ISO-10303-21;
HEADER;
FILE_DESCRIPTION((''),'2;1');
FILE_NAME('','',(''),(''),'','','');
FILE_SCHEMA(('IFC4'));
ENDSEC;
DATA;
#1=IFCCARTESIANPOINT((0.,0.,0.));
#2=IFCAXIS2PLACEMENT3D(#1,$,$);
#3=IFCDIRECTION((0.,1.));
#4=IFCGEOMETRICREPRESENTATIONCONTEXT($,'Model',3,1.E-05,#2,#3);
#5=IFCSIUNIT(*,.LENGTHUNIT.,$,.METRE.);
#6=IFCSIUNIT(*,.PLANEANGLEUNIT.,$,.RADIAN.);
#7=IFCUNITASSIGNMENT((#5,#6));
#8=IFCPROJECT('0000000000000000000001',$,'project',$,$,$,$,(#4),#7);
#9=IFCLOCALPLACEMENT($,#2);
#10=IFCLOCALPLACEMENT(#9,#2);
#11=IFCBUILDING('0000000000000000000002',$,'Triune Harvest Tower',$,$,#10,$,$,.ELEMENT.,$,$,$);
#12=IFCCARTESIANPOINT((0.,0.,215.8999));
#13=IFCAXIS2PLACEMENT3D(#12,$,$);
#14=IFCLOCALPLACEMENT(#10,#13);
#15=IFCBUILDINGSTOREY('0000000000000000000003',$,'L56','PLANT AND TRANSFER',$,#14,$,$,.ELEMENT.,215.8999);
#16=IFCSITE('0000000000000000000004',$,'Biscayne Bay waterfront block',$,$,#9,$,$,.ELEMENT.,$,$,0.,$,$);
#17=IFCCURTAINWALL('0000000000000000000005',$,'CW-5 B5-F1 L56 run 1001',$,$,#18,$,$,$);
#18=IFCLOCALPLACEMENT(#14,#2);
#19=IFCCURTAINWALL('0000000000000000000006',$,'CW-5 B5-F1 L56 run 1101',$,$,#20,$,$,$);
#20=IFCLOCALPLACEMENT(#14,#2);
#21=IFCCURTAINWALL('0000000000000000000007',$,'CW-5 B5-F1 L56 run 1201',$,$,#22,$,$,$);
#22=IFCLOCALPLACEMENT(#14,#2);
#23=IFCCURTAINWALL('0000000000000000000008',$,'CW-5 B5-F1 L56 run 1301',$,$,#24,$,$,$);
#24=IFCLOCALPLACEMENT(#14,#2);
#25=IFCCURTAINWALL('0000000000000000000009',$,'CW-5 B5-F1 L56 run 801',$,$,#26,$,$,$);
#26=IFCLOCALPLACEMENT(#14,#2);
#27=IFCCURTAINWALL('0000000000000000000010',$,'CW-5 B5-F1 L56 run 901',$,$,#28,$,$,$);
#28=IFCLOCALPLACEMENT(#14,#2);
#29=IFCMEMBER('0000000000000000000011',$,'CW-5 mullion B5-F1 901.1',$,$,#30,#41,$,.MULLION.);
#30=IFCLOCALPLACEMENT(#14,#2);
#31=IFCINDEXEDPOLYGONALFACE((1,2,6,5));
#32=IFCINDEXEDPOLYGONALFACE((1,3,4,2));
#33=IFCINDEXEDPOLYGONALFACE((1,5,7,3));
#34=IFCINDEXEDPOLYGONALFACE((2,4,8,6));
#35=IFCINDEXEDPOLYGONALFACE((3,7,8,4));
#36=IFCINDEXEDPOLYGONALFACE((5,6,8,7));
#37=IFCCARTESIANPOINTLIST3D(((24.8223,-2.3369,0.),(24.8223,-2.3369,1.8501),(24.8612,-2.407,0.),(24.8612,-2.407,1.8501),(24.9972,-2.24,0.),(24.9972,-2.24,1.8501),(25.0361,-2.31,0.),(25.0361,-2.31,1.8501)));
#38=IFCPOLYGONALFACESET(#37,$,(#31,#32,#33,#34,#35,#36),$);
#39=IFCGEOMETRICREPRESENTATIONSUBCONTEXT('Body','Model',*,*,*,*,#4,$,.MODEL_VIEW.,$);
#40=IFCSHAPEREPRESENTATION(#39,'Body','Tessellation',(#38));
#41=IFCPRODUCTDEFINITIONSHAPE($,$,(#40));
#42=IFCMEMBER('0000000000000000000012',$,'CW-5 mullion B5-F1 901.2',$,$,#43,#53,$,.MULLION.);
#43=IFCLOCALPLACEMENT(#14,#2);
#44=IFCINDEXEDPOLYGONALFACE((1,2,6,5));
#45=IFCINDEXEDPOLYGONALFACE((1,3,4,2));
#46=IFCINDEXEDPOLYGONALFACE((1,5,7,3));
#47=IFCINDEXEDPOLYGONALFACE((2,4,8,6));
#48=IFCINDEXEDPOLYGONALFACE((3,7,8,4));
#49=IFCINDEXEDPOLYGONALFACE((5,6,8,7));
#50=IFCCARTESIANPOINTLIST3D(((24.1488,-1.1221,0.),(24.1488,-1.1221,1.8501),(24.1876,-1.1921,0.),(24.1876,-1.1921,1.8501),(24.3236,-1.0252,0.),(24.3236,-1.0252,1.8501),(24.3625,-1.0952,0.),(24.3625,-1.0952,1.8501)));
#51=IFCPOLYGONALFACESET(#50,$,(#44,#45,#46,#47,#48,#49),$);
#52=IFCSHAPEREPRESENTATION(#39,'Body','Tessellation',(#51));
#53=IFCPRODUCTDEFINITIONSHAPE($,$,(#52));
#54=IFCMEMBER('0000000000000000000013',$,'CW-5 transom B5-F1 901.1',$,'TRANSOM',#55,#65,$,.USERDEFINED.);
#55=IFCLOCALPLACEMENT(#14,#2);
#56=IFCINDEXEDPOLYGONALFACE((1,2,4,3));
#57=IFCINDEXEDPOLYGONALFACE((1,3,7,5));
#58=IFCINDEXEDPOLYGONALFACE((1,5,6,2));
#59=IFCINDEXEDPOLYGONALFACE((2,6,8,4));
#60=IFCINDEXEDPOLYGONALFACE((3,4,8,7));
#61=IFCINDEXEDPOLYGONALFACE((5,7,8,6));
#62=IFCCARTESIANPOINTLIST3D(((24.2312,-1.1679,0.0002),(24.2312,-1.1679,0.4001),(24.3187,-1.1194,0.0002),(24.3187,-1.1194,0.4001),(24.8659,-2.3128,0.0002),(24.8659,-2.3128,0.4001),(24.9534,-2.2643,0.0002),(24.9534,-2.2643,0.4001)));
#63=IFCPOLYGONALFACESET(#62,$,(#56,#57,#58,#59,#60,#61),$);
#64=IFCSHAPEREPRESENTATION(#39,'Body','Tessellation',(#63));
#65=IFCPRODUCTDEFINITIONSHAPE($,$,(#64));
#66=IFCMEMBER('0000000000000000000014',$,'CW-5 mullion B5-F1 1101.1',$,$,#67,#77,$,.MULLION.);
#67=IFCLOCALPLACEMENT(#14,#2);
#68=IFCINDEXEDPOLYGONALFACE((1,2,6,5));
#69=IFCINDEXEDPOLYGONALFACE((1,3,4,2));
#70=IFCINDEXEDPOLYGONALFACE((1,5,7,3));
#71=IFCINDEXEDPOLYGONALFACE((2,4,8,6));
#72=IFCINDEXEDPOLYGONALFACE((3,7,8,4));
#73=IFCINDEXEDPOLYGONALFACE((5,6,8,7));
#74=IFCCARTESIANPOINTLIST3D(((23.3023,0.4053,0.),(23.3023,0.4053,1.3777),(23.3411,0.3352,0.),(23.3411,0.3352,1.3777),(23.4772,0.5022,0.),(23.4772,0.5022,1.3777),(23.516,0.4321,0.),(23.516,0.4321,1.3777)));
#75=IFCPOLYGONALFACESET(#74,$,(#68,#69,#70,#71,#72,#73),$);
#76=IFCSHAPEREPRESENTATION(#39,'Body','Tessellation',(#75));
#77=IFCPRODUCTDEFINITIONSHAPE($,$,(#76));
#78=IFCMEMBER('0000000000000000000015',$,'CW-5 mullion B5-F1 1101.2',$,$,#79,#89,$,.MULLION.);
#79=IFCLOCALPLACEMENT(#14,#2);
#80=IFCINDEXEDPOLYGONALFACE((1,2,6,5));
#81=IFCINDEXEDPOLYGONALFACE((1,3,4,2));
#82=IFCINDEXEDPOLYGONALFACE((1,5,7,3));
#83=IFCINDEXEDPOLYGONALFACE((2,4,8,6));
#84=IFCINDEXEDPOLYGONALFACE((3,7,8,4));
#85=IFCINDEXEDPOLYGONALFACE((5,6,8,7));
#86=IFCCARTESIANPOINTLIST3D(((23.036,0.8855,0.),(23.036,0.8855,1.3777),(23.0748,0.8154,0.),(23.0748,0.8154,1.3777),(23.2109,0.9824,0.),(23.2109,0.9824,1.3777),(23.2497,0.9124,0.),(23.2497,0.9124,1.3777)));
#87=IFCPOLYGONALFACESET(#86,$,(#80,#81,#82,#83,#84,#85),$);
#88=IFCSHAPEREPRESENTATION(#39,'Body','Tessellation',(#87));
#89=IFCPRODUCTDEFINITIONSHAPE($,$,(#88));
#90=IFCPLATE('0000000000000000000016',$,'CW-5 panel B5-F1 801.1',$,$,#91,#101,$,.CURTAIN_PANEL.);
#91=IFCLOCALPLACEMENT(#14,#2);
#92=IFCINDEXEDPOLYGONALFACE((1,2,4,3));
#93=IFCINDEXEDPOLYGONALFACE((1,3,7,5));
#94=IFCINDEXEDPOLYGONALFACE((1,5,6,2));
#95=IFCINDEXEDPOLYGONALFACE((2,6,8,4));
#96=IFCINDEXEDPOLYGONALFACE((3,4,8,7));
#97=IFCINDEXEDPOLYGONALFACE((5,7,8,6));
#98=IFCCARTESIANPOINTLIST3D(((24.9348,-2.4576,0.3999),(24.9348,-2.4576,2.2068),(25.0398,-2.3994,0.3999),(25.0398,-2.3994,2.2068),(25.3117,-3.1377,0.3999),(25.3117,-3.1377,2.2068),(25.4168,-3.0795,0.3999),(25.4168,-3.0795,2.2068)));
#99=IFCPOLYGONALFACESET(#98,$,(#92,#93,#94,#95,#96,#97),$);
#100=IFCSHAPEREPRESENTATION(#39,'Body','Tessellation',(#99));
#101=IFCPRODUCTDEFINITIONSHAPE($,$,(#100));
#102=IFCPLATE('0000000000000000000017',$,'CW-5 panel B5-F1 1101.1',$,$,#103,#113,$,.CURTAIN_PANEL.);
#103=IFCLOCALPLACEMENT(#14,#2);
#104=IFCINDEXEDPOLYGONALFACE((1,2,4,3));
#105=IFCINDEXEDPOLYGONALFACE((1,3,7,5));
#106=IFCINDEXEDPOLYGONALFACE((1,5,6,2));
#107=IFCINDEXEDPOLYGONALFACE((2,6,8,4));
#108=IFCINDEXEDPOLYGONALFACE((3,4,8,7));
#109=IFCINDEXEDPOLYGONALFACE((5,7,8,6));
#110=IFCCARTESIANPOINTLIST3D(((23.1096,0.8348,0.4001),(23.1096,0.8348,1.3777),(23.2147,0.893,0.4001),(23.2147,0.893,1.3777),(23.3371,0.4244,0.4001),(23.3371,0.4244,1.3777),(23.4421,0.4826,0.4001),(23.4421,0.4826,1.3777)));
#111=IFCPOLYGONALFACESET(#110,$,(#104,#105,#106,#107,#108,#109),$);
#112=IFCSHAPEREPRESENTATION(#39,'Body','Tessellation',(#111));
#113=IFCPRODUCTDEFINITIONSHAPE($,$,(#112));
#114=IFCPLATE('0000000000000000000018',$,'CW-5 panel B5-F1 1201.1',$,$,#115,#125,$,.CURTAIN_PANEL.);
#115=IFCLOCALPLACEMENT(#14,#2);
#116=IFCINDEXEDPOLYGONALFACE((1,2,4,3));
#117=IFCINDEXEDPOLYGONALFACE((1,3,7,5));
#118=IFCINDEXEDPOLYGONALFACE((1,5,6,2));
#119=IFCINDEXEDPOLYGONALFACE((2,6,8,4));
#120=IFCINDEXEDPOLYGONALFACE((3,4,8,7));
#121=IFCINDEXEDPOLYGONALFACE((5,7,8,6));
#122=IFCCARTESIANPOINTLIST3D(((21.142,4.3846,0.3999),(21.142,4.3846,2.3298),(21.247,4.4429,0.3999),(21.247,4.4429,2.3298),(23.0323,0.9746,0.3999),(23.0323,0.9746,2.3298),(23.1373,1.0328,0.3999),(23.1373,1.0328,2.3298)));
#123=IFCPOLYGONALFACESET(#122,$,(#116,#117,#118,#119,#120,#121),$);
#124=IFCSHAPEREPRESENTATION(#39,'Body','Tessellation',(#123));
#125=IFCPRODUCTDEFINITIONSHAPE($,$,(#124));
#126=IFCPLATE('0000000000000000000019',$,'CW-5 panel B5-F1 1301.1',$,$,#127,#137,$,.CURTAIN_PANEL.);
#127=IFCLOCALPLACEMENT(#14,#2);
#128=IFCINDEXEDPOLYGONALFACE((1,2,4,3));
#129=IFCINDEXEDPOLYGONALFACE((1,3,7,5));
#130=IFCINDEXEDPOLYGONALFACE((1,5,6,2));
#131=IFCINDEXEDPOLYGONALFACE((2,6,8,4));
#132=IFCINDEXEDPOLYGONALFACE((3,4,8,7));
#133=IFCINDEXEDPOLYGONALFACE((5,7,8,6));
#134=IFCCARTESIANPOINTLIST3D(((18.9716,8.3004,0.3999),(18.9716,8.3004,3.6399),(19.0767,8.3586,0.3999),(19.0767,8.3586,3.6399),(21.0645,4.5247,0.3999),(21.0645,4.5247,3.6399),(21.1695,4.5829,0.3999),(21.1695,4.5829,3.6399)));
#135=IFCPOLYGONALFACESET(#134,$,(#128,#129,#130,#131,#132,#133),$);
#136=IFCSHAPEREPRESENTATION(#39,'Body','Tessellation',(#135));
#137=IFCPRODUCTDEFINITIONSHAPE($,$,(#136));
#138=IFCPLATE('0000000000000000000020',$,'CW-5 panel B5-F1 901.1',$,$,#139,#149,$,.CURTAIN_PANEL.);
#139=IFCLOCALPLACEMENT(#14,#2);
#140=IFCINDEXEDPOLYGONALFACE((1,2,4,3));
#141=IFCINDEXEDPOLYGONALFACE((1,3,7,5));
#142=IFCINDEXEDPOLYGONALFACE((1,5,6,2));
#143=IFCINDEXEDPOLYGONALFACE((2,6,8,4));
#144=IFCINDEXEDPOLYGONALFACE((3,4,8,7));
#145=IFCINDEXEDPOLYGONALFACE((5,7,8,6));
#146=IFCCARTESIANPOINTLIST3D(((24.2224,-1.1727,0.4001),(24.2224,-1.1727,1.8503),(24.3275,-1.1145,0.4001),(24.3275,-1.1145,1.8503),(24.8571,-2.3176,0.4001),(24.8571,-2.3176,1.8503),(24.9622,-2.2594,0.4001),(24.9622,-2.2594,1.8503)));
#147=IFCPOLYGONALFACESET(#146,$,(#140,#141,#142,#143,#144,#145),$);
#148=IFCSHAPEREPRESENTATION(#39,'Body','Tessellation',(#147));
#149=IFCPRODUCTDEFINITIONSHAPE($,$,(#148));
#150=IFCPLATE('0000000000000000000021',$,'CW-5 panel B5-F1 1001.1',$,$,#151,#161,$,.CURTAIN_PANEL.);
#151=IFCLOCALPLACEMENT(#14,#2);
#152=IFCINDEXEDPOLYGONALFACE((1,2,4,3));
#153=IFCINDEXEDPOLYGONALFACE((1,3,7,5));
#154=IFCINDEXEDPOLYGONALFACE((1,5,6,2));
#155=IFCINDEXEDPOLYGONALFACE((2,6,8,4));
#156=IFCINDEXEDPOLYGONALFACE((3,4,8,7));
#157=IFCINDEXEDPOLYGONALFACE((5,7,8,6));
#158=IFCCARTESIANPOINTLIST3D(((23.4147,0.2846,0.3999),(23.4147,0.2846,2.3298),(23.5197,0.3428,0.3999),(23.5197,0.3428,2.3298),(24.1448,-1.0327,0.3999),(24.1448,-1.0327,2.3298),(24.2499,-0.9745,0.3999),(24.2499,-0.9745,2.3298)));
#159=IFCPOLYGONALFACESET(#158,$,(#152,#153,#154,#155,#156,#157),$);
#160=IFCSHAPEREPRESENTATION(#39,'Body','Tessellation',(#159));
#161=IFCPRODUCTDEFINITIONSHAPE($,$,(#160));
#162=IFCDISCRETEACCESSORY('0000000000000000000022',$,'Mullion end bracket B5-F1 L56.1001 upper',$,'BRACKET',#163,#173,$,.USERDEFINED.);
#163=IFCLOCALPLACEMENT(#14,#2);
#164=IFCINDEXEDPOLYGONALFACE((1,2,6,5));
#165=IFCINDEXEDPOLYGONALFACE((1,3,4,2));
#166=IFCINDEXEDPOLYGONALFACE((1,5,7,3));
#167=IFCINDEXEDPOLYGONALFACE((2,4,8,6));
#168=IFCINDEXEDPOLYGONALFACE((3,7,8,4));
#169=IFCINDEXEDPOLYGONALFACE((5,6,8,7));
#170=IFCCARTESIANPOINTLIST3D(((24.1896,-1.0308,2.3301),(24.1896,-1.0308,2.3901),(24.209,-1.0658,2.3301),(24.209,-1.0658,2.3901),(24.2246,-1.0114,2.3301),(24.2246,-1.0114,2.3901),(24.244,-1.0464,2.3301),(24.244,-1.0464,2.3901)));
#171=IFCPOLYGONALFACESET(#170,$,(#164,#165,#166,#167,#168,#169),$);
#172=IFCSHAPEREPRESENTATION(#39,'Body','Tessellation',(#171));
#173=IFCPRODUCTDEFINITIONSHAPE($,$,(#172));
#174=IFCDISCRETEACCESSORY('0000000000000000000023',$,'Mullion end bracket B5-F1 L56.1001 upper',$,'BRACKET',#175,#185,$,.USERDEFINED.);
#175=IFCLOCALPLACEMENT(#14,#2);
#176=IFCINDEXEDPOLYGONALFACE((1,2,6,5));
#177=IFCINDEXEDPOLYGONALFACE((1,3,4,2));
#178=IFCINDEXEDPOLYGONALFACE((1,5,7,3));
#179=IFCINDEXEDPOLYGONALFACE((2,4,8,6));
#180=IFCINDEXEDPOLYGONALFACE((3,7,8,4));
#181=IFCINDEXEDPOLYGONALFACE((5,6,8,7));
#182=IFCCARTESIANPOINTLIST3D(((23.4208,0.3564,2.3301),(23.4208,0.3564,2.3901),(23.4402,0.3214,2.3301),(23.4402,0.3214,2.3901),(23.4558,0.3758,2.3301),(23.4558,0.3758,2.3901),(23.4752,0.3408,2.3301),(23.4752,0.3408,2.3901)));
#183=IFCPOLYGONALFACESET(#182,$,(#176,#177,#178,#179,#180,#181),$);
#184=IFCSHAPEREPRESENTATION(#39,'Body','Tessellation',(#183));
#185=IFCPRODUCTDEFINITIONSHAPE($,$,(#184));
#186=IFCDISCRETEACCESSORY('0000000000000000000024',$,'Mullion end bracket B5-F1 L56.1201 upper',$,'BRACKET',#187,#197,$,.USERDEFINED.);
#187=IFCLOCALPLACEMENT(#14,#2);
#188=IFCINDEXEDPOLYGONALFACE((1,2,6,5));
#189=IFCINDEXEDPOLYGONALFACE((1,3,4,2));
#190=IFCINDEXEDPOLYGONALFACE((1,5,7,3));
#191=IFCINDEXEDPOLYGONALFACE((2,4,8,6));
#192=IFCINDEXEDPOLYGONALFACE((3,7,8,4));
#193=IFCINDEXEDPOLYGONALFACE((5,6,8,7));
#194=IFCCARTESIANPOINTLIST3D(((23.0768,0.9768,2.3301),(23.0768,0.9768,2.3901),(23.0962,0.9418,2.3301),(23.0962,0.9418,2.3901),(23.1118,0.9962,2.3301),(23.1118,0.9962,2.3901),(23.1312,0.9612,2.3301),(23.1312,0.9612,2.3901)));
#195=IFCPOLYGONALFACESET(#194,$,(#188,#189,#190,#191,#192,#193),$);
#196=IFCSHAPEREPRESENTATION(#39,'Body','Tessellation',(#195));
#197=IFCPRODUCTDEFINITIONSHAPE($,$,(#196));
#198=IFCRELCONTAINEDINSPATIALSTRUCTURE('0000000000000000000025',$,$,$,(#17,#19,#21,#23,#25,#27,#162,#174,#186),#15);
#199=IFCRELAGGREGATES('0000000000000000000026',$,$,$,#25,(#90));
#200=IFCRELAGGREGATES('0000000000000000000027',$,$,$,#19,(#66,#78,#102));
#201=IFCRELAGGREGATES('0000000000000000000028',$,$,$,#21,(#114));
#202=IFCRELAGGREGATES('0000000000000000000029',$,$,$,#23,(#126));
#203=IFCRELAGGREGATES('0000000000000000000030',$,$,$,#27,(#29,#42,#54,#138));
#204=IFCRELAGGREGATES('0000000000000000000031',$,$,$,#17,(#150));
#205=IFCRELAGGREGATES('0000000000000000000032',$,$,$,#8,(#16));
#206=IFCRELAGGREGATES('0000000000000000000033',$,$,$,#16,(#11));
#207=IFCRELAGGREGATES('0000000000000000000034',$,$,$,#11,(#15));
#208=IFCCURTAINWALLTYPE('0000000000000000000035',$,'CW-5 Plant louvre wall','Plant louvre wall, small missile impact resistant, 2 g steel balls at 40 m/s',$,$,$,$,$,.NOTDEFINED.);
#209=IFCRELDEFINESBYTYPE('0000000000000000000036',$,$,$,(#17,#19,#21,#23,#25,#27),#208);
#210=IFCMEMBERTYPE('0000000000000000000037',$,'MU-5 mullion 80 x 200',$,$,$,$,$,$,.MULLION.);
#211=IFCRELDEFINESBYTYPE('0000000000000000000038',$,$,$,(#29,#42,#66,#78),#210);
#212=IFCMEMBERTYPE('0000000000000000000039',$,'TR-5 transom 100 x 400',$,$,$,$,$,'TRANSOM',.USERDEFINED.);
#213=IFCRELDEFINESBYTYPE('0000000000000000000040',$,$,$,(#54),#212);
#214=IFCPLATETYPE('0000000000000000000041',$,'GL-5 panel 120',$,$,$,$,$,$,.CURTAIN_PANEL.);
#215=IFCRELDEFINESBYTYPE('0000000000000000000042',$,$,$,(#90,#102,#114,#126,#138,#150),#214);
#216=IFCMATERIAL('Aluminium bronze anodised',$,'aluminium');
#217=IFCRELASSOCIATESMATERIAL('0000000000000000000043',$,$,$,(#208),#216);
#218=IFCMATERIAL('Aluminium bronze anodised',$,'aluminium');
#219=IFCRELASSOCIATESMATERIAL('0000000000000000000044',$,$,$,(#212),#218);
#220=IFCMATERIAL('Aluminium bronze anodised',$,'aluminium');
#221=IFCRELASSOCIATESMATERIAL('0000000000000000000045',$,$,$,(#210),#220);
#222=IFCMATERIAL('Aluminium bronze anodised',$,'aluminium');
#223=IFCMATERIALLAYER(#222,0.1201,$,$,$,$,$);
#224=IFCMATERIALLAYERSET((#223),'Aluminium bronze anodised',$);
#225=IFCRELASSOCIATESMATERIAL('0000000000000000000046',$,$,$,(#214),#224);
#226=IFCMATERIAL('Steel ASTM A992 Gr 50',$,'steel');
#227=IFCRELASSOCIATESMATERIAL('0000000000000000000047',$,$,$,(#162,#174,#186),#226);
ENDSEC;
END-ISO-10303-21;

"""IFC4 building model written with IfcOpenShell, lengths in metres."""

from ifc_helpers import new_model, si_unit, direction, frame, origin, origin_2d, place, context, subcontext, project, spatial, rectangle, extrude, source, transform, mapped, material, layer, layer_set, material_profile, profile_set, type_object, element, aggregate, save


model = new_model("IFC4")

# Units and contexts
model_context = context("Model", 3, precision=1e-05, world=origin(), true_north=direction((0.0, 1.0)))
body_context = subcontext(model_context, "Body", "Model", "MODEL_VIEW")
ifc_project = project(units=[si_unit("LENGTHUNIT", "METRE"), si_unit("PLANEANGLEUNIT", "RADIAN")], contexts=[model_context])

# Site, building, storey
site_placement = place(None, origin())
site = spatial("IfcSite", under=ifc_project, at=site_placement, Name="Biscayne Bay waterfront block", CompositionType="ELEMENT", RefElevation=0.0)
building_placement = place(site_placement, origin())
building = spatial("IfcBuilding", under=site, at=building_placement, Name="Triune Harvest Tower", CompositionType="ELEMENT")
storey_placement = place(building_placement, frame((0.0, 0.0, 215.8999)))
storey = spatial("IfcBuildingStorey", under=building, at=storey_placement, Name="L56", Description="PLANT AND TRANSFER", CompositionType="ELEMENT", Elevation=215.8999)

# Curtain walls
ifc_material_1 = material(Name="Aluminium bronze anodised", Category="aluminium")
curtain_wall_type = type_object("IfcCurtainWallType", Name="CW-5 Plant louvre wall", Description="Plant louvre wall, small missile impact resistant, 2 g steel balls at 40 m/s", PredefinedType="NOTDEFINED", material=ifc_material_1)
curtain_wall_1_placement = place(storey_placement, origin())
curtain_wall_1 = element("IfcCurtainWall", 1, at=curtain_wall_1_placement, inside=storey, type_object=curtain_wall_type, Name="CW-5 B5-F1 L56 run 1001")
ifc_material_2 = material(Name="Aluminium bronze anodised", Category="aluminium")
ifc_material_profile_1 = material_profile(ifc_material_2, rectangle(XDim=0.1001, YDim=0.3999, at=origin_2d()), Name="TR-5 transom 100 x 400")
ifc_profile_set_1 = profile_set([ifc_material_profile_1], Name="Aluminium bronze anodised")
member_type_1 = type_object("IfcMemberType", Name="TR-5 transom 100 x 400", ElementType="TRANSOM", PredefinedType="USERDEFINED", material=ifc_profile_set_1)
curtain_wall_2_placement = place(storey_placement, origin())
curtain_wall_2 = element("IfcCurtainWall", 2, at=curtain_wall_2_placement, inside=storey, type_object=curtain_wall_type, Name="CW-5 B5-F1 L56 run 1101")
curtain_wall_3_placement = place(storey_placement, origin())
curtain_wall_3 = element("IfcCurtainWall", 3, at=curtain_wall_3_placement, inside=storey, type_object=curtain_wall_type, Name="CW-5 B5-F1 L56 run 1201")
curtain_wall_4_placement = place(storey_placement, origin())
curtain_wall_4 = element("IfcCurtainWall", 4, at=curtain_wall_4_placement, inside=storey, type_object=curtain_wall_type, Name="CW-5 B5-F1 L56 run 1301")

# Shared definitions
ifc_material_3 = material(Name="Aluminium bronze anodised", Category="aluminium")
ifc_material_profile_2 = material_profile(ifc_material_3, rectangle(XDim=0.2, YDim=0.0801, at=origin_2d()), Name="MU-5 mullion 80 x 200")
ifc_profile_set_2 = profile_set([ifc_material_profile_2], Name="Aluminium bronze anodised")
member_type_2 = type_object("IfcMemberType", Name="MU-5 mullion 80 x 200", PredefinedType="MULLION", material=ifc_profile_set_2)

# Curtain walls, members
curtain_wall_5_placement = place(storey_placement, origin())
curtain_wall_5 = element("IfcCurtainWall", 5, at=curtain_wall_5_placement, inside=storey, type_object=curtain_wall_type, Name="CW-5 B5-F1 L56 run 801")
curtain_wall_6_placement = place(storey_placement, origin())
curtain_wall_6 = element("IfcCurtainWall", 6, at=curtain_wall_6_placement, inside=storey, type_object=curtain_wall_type, Name="CW-5 B5-F1 L56 run 901")
shared_shape_1 = source(origin(), body_context, "Body", "SweptSolid", [
    extrude(rectangle(XDim=0.2, YDim=0.0801, at=origin_2d()), origin(), (0.0, 0.0, 1.0), 1.8501),
])
member_1_placement = place(storey_placement, frame((24.9292, -2.3235, 0.0), z_axis=(0.0, 0.0, 1.0), x_axis=(-0.8746, -0.484845, 0.0)))
member_1 = element("IfcMember", 7, at=member_1_placement, type_object=member_type_2, Name="CW-5 mullion B5-F1 901.1", PredefinedType="MULLION", context=body_context, shape_type="MappedRepresentation", body=[
    mapped(shared_shape_1, transform((0.0, 0.0, 0.0), scale=1.0)),
])
member_2_placement = place(storey_placement, frame((24.2556, -1.1086, 0.0), z_axis=(0.0, 0.0, 1.0), x_axis=(-0.8746, -0.484845, 0.0)))
member_2 = element("IfcMember", 8, at=member_2_placement, type_object=member_type_2, Name="CW-5 mullion B5-F1 901.2", PredefinedType="MULLION", context=body_context, shape_type="MappedRepresentation", body=[
    mapped(shared_shape_1, transform((0.0, 0.0, 0.0), scale=1.0)),
])
shared_shape_2 = source(origin(), body_context, "Body", "SweptSolid", [
    extrude(rectangle(XDim=0.1001, YDim=0.3999, at=origin_2d()), origin(), (0.0, 0.0, 1.0), 1.3091),
])
member_3_placement = place(storey_placement, frame((24.9097, -2.2886, 0.2002), z_axis=(-0.484851, 0.874597, 0.0), x_axis=(-0.874597, -0.484851, 0.0)))
member_3 = element("IfcMember", 9, at=member_3_placement, type_object=member_type_1, Name="CW-5 transom B5-F1 901.1", ObjectType="TRANSOM", PredefinedType="USERDEFINED", context=body_context, shape_type="MappedRepresentation", body=[
    mapped(shared_shape_2, transform((0.0, 0.0, 0.0), scale=1.0)),
])

# Members
shared_shape_3 = source(origin(), body_context, "Body", "SweptSolid", [
    extrude(rectangle(XDim=0.2, YDim=0.0801, at=origin_2d()), origin(), (0.0, 0.0, 1.0), 1.3777),
])
member_4_placement = place(storey_placement, frame((23.4092, 0.4187, 0.0), z_axis=(0.0, 0.0, 1.0), x_axis=(-0.874644, -0.484766, 0.0)))
member_4 = element("IfcMember", 10, at=member_4_placement, type_object=member_type_2, Name="CW-5 mullion B5-F1 1101.1", PredefinedType="MULLION", context=body_context, shape_type="MappedRepresentation", body=[
    mapped(shared_shape_3, transform((0.0, 0.0, 0.0), scale=1.0)),
])
member_5_placement = place(storey_placement, frame((23.1428, 0.8989, 0.0), z_axis=(0.0, 0.0, 1.0), x_axis=(-0.874644, -0.484766, 0.0)))
member_5 = element("IfcMember", 11, at=member_5_placement, type_object=member_type_2, Name="CW-5 mullion B5-F1 1101.2", PredefinedType="MULLION", context=body_context, shape_type="MappedRepresentation", body=[
    mapped(shared_shape_3, transform((0.0, 0.0, 0.0), scale=1.0)),
])

# Plates
ifc_material_4 = material(Name="Aluminium bronze anodised", Category="aluminium")
ifc_layer = layer(ifc_material_4, 0.1201)
ifc_layer_set = layer_set([ifc_layer], Name="Aluminium bronze anodised")
plate_type = type_object("IfcPlateType", Name="GL-5 panel 120", PredefinedType="CURTAIN_PANEL", material=ifc_layer_set)
plate_1_placement = place(storey_placement, frame((25.1758, -2.7686, 0.3999), z_axis=(0.0, 0.0, 1.0), x_axis=(-0.484819, 0.874615, 0.0)))
plate_1 = element("IfcPlate", 12, at=plate_1_placement, type_object=plate_type, Name="CW-5 panel B5-F1 801.1", PredefinedType="CURTAIN_PANEL", context=body_context, shape_type="SweptSolid", body=[
    extrude(rectangle(XDim=0.7776, YDim=0.1201, at=origin_2d()), origin(), (0.0, 0.0, 1.0), 1.8069),
])
aggregate(curtain_wall_5, [plate_1])
plate_2_placement = place(storey_placement, frame((23.2759, 0.6587, 0.4001), z_axis=(0.0, 0.0, 1.0), x_axis=(-0.484766, 0.874644, 0.0)))
plate_2 = element("IfcPlate", 13, at=plate_2_placement, type_object=plate_type, Name="CW-5 panel B5-F1 1101.1", PredefinedType="CURTAIN_PANEL", context=body_context, shape_type="SweptSolid", body=[
    extrude(rectangle(XDim=0.4692, YDim=0.1201, at=origin_2d()), origin(), (0.0, 0.0, 1.0), 0.9775),
])
aggregate(curtain_wall_2, [member_4, member_5, plate_2])
plate_3_placement = place(storey_placement, frame((22.1396, 2.7087, 0.3999), z_axis=(0.0, 0.0, 1.0), x_axis=(-0.484821, 0.874614, 0.0)))
plate_3 = element("IfcPlate", 14, at=plate_3_placement, type_object=plate_type, Name="CW-5 panel B5-F1 1201.1", PredefinedType="CURTAIN_PANEL", context=body_context, shape_type="SweptSolid", body=[
    extrude(rectangle(XDim=3.8989, YDim=0.1201, at=origin_2d()), origin(), (0.0, 0.0, 1.0), 1.9299),
])
aggregate(curtain_wall_3, [plate_3])
plate_4_placement = place(storey_placement, frame((20.0706, 6.4417, 0.3999), z_axis=(0.0, 0.0, 1.0), x_axis=(-0.484808, 0.874621, 0.0)))
plate_4 = element("IfcPlate", 15, at=plate_4_placement, type_object=plate_type, Name="CW-5 panel B5-F1 1301.1", PredefinedType="CURTAIN_PANEL", context=body_context, shape_type="SweptSolid", body=[
    extrude(rectangle(XDim=4.3169, YDim=0.1201, at=origin_2d()), origin(), (0.0, 0.0, 1.0), 3.24),
])
aggregate(curtain_wall_4, [plate_4])
shared_shape_4 = source(origin(), body_context, "Body", "SweptSolid", [
    extrude(rectangle(XDim=1.3091, YDim=0.1201, at=origin_2d()), origin(), (0.0, 0.0, 1.0), 1.4502),
])
plate_5_placement = place(storey_placement, frame((24.5923, -1.7161, 0.4001), z_axis=(0.0, 0.0, 1.0), x_axis=(-0.484845, 0.8746, 0.0)))
plate_5 = element("IfcPlate", 16, at=plate_5_placement, type_object=plate_type, Name="CW-5 panel B5-F1 901.1", PredefinedType="CURTAIN_PANEL", context=body_context, shape_type="MappedRepresentation", body=[
    mapped(shared_shape_4, transform((0.0, 0.0, 0.0), scale=1.0)),
])
aggregate(curtain_wall_6, [member_1, member_2, member_3, plate_5])
shared_shape_5 = source(origin(), body_context, "Body", "SweptSolid", [
    extrude(rectangle(XDim=1.5061, YDim=0.1201, at=origin_2d()), origin(), (0.0, 0.0, 1.0), 1.9299),
])
plate_6_placement = place(storey_placement, frame((23.8323, -0.345, 0.3999), z_axis=(0.0, 0.0, 1.0), x_axis=(-0.484792, 0.87463, 0.0)))
plate_6 = element("IfcPlate", 17, at=plate_6_placement, type_object=plate_type, Name="CW-5 panel B5-F1 1001.1", PredefinedType="CURTAIN_PANEL", context=body_context, shape_type="MappedRepresentation", body=[
    mapped(shared_shape_5, transform((0.0, 0.0, 0.0), scale=1.0)),
])
aggregate(curtain_wall_1, [plate_6])

# Discrete accessories
ifc_material_5 = material(Name="Steel ASTM A992 Gr 50", Category="steel")
shared_shape_6 = source(origin(), body_context, "Body", "SweptSolid", [
    extrude(rectangle(XDim=0.04, YDim=0.04, at=origin_2d()), origin(), (0.0, 0.0, 1.0), 0.0601),
])
for number, where, z_axis, x_axis, name in (
    (18, (24.2168, -1.0386, 2.3301), (0.0, 0.0, 1.0), (-0.484791, 0.87463, 0.0), "Mullion end bracket B5-F1 L56.1001 upper"),
    (19, (23.448, 0.3486, 2.3301), (0.0, 0.0, 1.0), (-0.484791, 0.87463, 0.0), "Mullion end bracket B5-F1 L56.1001 upper"),
    (20, (23.104, 0.969, 2.3301), (0.0, 0.0, 1.0), (-0.48482, 0.874614, 0.0), "Mullion end bracket B5-F1 L56.1201 upper"),
):
    element("IfcDiscreteAccessory", number, at=place(storey_placement, frame(where, z_axis=z_axis, x_axis=x_axis)), inside=storey, material=ifc_material_5, Name=name, ObjectType="BRACKET", PredefinedType="USERDEFINED", context=body_context, shape_type="MappedRepresentation", body=[
        mapped(shared_shape_6, transform((0.0, 0.0, 0.0), scale=1.0)),
    ])

save(model, "model.ifc")
